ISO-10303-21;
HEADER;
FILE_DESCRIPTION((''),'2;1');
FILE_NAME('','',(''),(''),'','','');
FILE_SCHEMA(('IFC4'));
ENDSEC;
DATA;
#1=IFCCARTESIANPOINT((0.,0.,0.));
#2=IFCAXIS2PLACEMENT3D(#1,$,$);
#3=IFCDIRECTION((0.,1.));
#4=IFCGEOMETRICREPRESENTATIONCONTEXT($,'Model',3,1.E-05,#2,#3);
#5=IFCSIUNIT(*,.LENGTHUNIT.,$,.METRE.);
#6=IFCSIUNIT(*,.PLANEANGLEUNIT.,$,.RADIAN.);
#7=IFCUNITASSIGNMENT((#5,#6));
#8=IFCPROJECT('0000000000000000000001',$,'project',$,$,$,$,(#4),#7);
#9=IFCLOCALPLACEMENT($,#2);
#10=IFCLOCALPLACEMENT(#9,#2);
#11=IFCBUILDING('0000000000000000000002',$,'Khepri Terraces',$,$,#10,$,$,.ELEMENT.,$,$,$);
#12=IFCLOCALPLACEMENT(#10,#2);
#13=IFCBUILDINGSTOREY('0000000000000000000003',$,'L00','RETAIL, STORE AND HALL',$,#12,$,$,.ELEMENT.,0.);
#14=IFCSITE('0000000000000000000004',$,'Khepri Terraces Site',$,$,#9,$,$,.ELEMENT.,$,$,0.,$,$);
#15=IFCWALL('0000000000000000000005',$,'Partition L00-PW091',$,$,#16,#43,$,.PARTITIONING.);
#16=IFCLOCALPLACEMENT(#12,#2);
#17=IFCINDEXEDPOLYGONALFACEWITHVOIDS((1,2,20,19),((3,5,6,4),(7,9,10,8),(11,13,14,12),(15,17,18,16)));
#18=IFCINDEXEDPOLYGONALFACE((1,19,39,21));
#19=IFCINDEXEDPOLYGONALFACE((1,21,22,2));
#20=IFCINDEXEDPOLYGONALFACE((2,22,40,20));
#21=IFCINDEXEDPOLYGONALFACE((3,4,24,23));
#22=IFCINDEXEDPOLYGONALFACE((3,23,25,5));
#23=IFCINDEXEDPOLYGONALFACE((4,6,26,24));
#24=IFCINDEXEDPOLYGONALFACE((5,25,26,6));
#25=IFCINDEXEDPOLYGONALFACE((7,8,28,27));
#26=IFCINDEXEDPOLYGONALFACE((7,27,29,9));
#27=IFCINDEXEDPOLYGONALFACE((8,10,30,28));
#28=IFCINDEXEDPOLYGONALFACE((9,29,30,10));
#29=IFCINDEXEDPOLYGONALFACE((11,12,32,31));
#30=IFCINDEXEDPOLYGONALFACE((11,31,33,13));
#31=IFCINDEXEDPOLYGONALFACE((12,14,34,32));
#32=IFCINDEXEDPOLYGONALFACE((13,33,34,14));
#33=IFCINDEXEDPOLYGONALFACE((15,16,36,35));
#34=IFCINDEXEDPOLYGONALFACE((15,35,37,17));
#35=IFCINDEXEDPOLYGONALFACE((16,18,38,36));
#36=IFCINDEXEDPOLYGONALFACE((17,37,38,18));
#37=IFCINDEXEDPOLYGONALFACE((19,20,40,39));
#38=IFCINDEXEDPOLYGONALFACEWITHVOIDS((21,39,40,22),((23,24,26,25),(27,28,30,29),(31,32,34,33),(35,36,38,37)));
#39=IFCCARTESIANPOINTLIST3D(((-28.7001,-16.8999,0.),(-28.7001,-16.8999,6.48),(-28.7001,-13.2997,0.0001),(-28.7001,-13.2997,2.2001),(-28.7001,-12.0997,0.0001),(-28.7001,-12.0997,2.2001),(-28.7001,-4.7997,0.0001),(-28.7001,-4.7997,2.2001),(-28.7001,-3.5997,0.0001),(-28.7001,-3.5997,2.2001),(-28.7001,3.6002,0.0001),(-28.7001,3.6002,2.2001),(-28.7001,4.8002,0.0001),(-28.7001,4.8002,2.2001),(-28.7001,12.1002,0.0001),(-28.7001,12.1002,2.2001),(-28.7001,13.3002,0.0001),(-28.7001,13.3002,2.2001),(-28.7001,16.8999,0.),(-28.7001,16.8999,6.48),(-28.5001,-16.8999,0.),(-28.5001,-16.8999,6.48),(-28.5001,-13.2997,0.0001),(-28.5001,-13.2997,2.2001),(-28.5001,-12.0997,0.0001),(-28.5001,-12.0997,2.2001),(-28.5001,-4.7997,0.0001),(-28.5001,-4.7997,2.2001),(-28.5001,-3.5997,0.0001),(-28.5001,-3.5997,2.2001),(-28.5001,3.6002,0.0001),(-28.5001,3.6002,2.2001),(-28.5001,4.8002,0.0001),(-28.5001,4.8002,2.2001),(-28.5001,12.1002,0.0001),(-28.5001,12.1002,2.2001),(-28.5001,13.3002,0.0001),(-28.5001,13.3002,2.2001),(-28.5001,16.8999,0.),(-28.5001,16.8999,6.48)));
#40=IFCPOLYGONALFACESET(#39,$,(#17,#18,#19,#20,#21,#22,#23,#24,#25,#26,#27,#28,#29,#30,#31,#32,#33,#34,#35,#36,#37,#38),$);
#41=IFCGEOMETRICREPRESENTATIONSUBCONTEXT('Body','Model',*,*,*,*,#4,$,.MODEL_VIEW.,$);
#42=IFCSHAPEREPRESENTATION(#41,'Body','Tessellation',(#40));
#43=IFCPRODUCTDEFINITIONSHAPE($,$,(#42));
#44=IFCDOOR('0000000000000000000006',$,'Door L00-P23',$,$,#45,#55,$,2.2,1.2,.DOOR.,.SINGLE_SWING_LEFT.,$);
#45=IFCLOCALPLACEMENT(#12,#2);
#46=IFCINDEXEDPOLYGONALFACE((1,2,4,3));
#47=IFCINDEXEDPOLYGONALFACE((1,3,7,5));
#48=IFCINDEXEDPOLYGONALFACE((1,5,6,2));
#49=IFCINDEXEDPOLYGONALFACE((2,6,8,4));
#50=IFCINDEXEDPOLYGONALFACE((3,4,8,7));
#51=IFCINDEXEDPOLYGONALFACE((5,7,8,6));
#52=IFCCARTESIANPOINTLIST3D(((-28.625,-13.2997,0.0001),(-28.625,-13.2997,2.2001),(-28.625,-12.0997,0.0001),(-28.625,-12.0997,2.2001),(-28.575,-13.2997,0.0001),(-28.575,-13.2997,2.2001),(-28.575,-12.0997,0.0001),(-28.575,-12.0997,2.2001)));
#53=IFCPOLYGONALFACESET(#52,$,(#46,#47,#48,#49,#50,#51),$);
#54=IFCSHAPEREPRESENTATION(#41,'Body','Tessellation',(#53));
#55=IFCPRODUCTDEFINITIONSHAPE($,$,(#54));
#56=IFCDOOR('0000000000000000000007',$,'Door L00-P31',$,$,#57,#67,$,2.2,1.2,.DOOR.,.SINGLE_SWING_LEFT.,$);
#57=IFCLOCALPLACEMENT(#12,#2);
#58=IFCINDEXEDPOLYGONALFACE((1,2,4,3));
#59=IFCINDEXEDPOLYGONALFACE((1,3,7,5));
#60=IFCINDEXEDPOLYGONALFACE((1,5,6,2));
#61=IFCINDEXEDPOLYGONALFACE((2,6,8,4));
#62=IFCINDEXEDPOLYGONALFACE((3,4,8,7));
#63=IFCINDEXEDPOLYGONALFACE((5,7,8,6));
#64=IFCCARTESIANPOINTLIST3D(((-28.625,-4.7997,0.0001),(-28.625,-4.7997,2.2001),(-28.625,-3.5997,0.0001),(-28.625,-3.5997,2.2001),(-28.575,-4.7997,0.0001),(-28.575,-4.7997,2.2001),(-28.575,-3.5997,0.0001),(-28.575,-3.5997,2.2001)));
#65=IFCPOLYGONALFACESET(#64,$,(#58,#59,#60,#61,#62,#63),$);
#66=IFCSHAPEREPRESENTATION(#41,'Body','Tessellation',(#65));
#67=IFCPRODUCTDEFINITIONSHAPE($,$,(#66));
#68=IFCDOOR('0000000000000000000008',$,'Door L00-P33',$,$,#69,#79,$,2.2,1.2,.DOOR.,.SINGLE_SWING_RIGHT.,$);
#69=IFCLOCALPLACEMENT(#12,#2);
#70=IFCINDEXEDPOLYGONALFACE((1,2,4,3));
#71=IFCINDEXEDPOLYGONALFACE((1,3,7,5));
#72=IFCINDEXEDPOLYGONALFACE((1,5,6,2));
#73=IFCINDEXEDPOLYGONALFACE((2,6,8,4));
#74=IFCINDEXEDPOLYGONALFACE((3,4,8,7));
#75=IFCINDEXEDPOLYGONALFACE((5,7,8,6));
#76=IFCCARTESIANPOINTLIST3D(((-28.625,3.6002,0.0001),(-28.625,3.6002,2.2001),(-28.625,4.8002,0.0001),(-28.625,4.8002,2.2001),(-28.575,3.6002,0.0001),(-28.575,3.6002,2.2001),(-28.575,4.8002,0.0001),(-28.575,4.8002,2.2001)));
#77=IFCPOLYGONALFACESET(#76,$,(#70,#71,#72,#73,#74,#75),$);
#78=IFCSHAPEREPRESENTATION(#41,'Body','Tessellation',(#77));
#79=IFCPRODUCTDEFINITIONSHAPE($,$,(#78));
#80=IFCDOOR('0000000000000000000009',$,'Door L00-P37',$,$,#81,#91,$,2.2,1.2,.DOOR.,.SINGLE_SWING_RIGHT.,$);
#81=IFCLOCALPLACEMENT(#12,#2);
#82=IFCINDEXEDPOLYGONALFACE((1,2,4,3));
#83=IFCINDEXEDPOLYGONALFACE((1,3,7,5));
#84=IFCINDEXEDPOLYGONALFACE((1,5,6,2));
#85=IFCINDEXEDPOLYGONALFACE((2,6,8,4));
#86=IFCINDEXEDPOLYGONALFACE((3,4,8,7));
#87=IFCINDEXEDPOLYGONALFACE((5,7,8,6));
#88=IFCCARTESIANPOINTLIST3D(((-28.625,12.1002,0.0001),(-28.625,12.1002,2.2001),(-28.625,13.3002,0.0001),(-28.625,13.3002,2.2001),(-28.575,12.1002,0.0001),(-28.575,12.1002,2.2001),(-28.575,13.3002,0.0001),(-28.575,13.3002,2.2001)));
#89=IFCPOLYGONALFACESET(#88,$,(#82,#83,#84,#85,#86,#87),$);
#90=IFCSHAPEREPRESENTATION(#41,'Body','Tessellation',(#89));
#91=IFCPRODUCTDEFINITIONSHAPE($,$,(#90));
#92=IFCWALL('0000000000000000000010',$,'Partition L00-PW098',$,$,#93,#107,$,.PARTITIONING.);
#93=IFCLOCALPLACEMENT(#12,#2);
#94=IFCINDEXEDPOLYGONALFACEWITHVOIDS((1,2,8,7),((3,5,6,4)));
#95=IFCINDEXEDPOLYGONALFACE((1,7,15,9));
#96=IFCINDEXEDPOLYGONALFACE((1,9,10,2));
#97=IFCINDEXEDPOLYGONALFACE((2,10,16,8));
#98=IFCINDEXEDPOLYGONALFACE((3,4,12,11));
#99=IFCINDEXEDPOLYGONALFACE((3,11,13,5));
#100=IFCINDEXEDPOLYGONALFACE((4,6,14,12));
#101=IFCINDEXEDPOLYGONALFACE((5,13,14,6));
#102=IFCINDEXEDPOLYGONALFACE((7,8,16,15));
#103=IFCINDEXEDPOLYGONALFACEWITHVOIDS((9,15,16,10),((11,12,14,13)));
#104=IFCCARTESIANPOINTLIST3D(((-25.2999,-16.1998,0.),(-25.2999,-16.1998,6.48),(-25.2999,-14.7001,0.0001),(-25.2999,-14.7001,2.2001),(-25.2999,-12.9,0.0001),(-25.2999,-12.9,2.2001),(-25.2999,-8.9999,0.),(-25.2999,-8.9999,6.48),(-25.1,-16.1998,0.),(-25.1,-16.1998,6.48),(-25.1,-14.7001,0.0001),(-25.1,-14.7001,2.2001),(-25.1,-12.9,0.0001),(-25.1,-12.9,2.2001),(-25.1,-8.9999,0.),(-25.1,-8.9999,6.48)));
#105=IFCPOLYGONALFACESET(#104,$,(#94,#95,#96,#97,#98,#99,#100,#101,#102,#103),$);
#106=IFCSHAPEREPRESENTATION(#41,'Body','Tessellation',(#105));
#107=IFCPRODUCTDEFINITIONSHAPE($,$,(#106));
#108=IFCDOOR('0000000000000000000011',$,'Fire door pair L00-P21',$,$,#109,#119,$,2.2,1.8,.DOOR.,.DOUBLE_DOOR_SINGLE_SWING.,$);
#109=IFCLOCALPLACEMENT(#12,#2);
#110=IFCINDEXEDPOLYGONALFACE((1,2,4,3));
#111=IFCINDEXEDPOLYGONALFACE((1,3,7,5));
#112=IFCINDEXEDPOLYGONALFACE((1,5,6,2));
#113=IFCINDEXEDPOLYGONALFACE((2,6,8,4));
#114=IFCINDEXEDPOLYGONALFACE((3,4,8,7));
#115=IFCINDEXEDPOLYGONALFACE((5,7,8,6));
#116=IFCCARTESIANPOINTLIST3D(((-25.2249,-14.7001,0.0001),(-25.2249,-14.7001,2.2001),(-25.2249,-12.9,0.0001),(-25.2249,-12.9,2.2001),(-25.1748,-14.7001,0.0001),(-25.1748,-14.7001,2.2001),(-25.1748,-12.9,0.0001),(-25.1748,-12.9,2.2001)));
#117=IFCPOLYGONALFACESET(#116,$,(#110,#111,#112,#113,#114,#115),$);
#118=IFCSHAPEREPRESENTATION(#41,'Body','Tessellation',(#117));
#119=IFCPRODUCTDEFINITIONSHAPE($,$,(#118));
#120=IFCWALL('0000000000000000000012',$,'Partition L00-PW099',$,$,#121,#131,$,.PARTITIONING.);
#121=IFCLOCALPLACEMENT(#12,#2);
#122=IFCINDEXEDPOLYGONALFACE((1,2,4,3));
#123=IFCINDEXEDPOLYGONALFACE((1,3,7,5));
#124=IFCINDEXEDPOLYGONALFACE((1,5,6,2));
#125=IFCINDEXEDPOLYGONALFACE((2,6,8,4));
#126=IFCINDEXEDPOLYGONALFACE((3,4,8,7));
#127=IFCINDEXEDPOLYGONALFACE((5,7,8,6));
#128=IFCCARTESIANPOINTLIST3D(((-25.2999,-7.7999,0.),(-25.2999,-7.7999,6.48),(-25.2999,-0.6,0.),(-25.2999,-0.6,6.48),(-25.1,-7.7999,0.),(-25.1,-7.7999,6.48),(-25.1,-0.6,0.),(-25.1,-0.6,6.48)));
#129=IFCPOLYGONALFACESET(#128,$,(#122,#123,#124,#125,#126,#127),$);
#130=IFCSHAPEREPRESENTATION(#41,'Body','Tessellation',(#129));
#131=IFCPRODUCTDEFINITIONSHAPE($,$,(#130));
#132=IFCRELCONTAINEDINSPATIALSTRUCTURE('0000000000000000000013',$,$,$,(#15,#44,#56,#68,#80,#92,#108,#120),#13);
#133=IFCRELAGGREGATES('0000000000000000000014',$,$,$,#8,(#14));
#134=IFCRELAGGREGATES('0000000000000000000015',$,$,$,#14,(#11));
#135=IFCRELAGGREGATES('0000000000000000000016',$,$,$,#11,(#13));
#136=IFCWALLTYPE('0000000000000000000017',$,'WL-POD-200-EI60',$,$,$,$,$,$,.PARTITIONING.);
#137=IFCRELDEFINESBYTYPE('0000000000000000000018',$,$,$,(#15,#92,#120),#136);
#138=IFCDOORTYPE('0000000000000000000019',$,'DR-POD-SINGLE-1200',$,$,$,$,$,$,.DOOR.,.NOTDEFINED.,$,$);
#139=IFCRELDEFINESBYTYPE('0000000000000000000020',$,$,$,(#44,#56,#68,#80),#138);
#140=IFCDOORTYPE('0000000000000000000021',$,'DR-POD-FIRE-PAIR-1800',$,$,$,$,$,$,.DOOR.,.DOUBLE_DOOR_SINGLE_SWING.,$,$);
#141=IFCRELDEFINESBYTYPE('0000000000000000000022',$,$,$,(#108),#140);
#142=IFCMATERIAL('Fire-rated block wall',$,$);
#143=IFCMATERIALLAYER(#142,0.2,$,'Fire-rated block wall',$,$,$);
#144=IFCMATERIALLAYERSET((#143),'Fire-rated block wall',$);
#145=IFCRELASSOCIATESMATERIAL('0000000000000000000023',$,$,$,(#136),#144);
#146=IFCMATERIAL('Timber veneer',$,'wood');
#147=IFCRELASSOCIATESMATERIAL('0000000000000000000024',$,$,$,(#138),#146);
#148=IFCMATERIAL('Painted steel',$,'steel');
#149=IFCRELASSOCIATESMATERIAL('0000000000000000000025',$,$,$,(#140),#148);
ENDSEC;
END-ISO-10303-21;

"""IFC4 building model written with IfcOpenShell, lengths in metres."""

from ifc_helpers import new_model, si_unit, direction, frame, frame_2d, origin, place, context, subcontext, project, spatial, rectangle, extrude, material, layer, layer_set, type_object, element, fill, save


model = new_model("IFC4")

# Units and contexts
model_context = context("Model", 3, precision=1e-05, world=origin(), true_north=direction((0.0, 1.0)))
body_context = subcontext(model_context, "Body", "Model", "MODEL_VIEW")
ifc_project = project(units=[si_unit("LENGTHUNIT", "METRE"), si_unit("PLANEANGLEUNIT", "RADIAN")], contexts=[model_context])

# Site, building, storey
site_placement = place(None, origin())
site = spatial("IfcSite", under=ifc_project, at=site_placement, Name="Khepri Terraces Site", CompositionType="ELEMENT", RefElevation=0.0)
building_placement = place(site_placement, origin())
building = spatial("IfcBuilding", under=site, at=building_placement, Name="Khepri Terraces", CompositionType="ELEMENT")
storey_placement = place(building_placement, origin())
storey = spatial("IfcBuildingStorey", under=building, at=storey_placement, Name="L00", Description="RETAIL, STORE AND HALL", CompositionType="ELEMENT", Elevation=0.0)

# Shared definitions
ifc_material_1 = material(Name="Fire-rated block wall")

# Shared definitions
ifc_layer_1 = layer(ifc_material_1, 0.2, Name="Fire-rated block wall")
ifc_layer_set_1 = layer_set([ifc_layer_1], Name="Fire-rated block wall")
wall_type_1 = type_object("IfcWallType", Name="WL-POD-200-EI60", PredefinedType="PARTITIONING", material=ifc_layer_set_1)
ifc_material_2 = material(Name="Timber veneer", Category="wood")
door_type_1 = type_object("IfcDoorType", Name="DR-POD-SINGLE-1200", OperationType="NOTDEFINED", PredefinedType="DOOR", material=ifc_material_2)

# Wall, openings, doors
wall_1_placement = place(storey_placement, frame((-28.6001, -16.8999, 0.0), z_axis=(0.0, 0.0, 1.0), x_axis=(0.0, 1.0, 0.0)))
wall_1 = element("IfcWall", 1, at=wall_1_placement, inside=storey, type_object=wall_type_1, Name="Partition L00-PW091", PredefinedType="PARTITIONING", context=body_context, shape_type="SweptSolid", body=[
    extrude(rectangle(XDim=33.7998, YDim=0.2, at=frame_2d((16.8999, 0.0))), origin(), (0.0, 0.0, 1.0), 6.48),
])
opening_1_placement = place(wall_1_placement, frame((3.6001, 0.0, 0.0)))
opening_1 = element("IfcOpeningElement", 2, at=opening_1_placement, cuts=wall_1, PredefinedType="OPENING", context=body_context, shape_type="SweptSolid", body=[
    extrude(rectangle(XDim=1.2, YDim=2.2, at=frame_2d((0.6001, 1.1001))), frame((0.0, 0.1099, 0.0), z_axis=(0.0, -1.0, 0.0), x_axis=(1.0, 0.0, 0.0)), (0.0, 0.0, 1.0), 0.22),
])
opening_2_placement = place(wall_1_placement, frame((12.1001, 0.0, 0.0)))
opening_2 = element("IfcOpeningElement", 3, at=opening_2_placement, cuts=wall_1, PredefinedType="OPENING", context=body_context, shape_type="SweptSolid", body=[
    extrude(rectangle(XDim=1.2, YDim=2.2, at=frame_2d((0.6001, 1.1001))), frame((0.0, 0.1099, 0.0), z_axis=(0.0, -1.0, 0.0), x_axis=(1.0, 0.0, 0.0)), (0.0, 0.0, 1.0), 0.22),
])
opening_3_placement = place(wall_1_placement, frame((20.5, 0.0, 0.0)))
opening_3 = element("IfcOpeningElement", 4, at=opening_3_placement, cuts=wall_1, PredefinedType="OPENING", context=body_context, shape_type="SweptSolid", body=[
    extrude(rectangle(XDim=1.2, YDim=2.2, at=frame_2d((0.6001, 1.1001))), frame((0.0, 0.1099, 0.0), z_axis=(0.0, -1.0, 0.0), x_axis=(1.0, 0.0, 0.0)), (0.0, 0.0, 1.0), 0.22),
])
opening_4_placement = place(wall_1_placement, frame((29.0, 0.0, 0.0)))
opening_4 = element("IfcOpeningElement", 5, at=opening_4_placement, cuts=wall_1, PredefinedType="OPENING", context=body_context, shape_type="SweptSolid", body=[
    extrude(rectangle(XDim=1.2, YDim=2.2, at=frame_2d((0.6001, 1.1001))), frame((0.0, 0.1099, 0.0), z_axis=(0.0, -1.0, 0.0), x_axis=(1.0, 0.0, 0.0)), (0.0, 0.0, 1.0), 0.22),
])
door_1_placement = place(opening_1_placement, origin())
door_1 = element("IfcDoor", 6, at=door_1_placement, inside=storey, type_object=door_type_1, Name="Door L00-P23", OperationType="SINGLE_SWING_LEFT", OverallHeight=2.2, OverallWidth=1.2, PredefinedType="DOOR", context=body_context, shape_type="SweptSolid", body=[
    extrude(rectangle(XDim=1.2, YDim=2.2, at=frame_2d((0.6001, 1.1001))), frame((0.0, 0.0249, 0.0), z_axis=(0.0, -1.0, 0.0), x_axis=(1.0, 0.0, 0.0)), (0.0, 0.0, 1.0), 0.05),
])
fill(opening_1, door_1)
door_2_placement = place(opening_2_placement, origin())
door_2 = element("IfcDoor", 7, at=door_2_placement, inside=storey, type_object=door_type_1, Name="Door L00-P31", OperationType="SINGLE_SWING_LEFT", OverallHeight=2.2, OverallWidth=1.2, PredefinedType="DOOR", context=body_context, shape_type="SweptSolid", body=[
    extrude(rectangle(XDim=1.2, YDim=2.2, at=frame_2d((0.6001, 1.1001))), frame((0.0, 0.0249, 0.0), z_axis=(0.0, -1.0, 0.0), x_axis=(1.0, 0.0, 0.0)), (0.0, 0.0, 1.0), 0.05),
])
fill(opening_2, door_2)
door_3_placement = place(opening_3_placement, origin())
door_3 = element("IfcDoor", 8, at=door_3_placement, inside=storey, type_object=door_type_1, Name="Door L00-P33", OperationType="SINGLE_SWING_RIGHT", OverallHeight=2.2, OverallWidth=1.2, PredefinedType="DOOR", context=body_context, shape_type="SweptSolid", body=[
    extrude(rectangle(XDim=1.2, YDim=2.2, at=frame_2d((0.6001, 1.1001))), frame((0.0, 0.0249, 0.0), z_axis=(0.0, -1.0, 0.0), x_axis=(1.0, 0.0, 0.0)), (0.0, 0.0, 1.0), 0.05),
])
fill(opening_3, door_3)
door_4_placement = place(opening_4_placement, origin())
door_4 = element("IfcDoor", 9, at=door_4_placement, inside=storey, type_object=door_type_1, Name="Door L00-P37", OperationType="SINGLE_SWING_RIGHT", OverallHeight=2.2, OverallWidth=1.2, PredefinedType="DOOR", context=body_context, shape_type="SweptSolid", body=[
    extrude(rectangle(XDim=1.2, YDim=2.2, at=frame_2d((0.6001, 1.1001))), frame((0.0, 0.0249, 0.0), z_axis=(0.0, -1.0, 0.0), x_axis=(1.0, 0.0, 0.0)), (0.0, 0.0, 1.0), 0.05),
])
fill(opening_4, door_4)

# Wall, opening, door
wall_2_placement = place(storey_placement, frame((-25.2, -16.2, 0.0), z_axis=(0.0, 0.0, 1.0), x_axis=(0.0, 1.0, 0.0)))
wall_2 = element("IfcWall", 10, at=wall_2_placement, inside=storey, type_object=wall_type_1, Name="Partition L00-PW098", PredefinedType="PARTITIONING", context=body_context, shape_type="SweptSolid", body=[
    extrude(rectangle(XDim=7.2, YDim=0.2, at=frame_2d((3.6001, 0.0))), origin(), (0.0, 0.0, 1.0), 6.48),
])
opening_5_placement = place(wall_2_placement, frame((1.5, 0.0, 0.0)))
opening_5 = element("IfcOpeningElement", 11, at=opening_5_placement, cuts=wall_2, PredefinedType="OPENING", context=body_context, shape_type="SweptSolid", body=[
    extrude(rectangle(XDim=1.8, YDim=2.2, at=frame_2d((0.8999, 1.1001))), frame((0.0, 0.1099, 0.0), z_axis=(0.0, -1.0, 0.0), x_axis=(1.0, 0.0, 0.0)), (0.0, 0.0, 1.0), 0.22),
])
ifc_material_3 = material(Name="Painted steel", Category="steel")
door_type_2 = type_object("IfcDoorType", Name="DR-POD-FIRE-PAIR-1800", OperationType="DOUBLE_DOOR_SINGLE_SWING", PredefinedType="DOOR", material=ifc_material_3)
door_5_placement = place(opening_5_placement, origin())
door_5 = element("IfcDoor", 12, at=door_5_placement, inside=storey, type_object=door_type_2, Name="Fire door pair L00-P21", OperationType="DOUBLE_DOOR_SINGLE_SWING", OverallHeight=2.2, OverallWidth=1.8, PredefinedType="DOOR", context=body_context, shape_type="SweptSolid", body=[
    extrude(rectangle(XDim=1.8, YDim=2.2, at=frame_2d((0.8999, 1.1001))), frame((0.0, 0.0249, 0.0), z_axis=(0.0, -1.0, 0.0), x_axis=(1.0, 0.0, 0.0)), (0.0, 0.0, 1.0), 0.05),
])
fill(opening_5, door_5)

# Wall
wall_3_placement = place(storey_placement, frame((-25.2, -7.8, 0.0), z_axis=(0.0, 0.0, 1.0), x_axis=(0.0, 1.0, 0.0)))
element("IfcWall", 13, at=wall_3_placement, inside=storey, type_object=wall_type_1, Name="Partition L00-PW099", PredefinedType="PARTITIONING", context=body_context, shape_type="SweptSolid", body=[
    extrude(rectangle(XDim=7.2, YDim=0.2, at=frame_2d((3.6001, 0.0))), origin(), (0.0, 0.0, 1.0), 6.48),
])

save(model, "model.ifc")
